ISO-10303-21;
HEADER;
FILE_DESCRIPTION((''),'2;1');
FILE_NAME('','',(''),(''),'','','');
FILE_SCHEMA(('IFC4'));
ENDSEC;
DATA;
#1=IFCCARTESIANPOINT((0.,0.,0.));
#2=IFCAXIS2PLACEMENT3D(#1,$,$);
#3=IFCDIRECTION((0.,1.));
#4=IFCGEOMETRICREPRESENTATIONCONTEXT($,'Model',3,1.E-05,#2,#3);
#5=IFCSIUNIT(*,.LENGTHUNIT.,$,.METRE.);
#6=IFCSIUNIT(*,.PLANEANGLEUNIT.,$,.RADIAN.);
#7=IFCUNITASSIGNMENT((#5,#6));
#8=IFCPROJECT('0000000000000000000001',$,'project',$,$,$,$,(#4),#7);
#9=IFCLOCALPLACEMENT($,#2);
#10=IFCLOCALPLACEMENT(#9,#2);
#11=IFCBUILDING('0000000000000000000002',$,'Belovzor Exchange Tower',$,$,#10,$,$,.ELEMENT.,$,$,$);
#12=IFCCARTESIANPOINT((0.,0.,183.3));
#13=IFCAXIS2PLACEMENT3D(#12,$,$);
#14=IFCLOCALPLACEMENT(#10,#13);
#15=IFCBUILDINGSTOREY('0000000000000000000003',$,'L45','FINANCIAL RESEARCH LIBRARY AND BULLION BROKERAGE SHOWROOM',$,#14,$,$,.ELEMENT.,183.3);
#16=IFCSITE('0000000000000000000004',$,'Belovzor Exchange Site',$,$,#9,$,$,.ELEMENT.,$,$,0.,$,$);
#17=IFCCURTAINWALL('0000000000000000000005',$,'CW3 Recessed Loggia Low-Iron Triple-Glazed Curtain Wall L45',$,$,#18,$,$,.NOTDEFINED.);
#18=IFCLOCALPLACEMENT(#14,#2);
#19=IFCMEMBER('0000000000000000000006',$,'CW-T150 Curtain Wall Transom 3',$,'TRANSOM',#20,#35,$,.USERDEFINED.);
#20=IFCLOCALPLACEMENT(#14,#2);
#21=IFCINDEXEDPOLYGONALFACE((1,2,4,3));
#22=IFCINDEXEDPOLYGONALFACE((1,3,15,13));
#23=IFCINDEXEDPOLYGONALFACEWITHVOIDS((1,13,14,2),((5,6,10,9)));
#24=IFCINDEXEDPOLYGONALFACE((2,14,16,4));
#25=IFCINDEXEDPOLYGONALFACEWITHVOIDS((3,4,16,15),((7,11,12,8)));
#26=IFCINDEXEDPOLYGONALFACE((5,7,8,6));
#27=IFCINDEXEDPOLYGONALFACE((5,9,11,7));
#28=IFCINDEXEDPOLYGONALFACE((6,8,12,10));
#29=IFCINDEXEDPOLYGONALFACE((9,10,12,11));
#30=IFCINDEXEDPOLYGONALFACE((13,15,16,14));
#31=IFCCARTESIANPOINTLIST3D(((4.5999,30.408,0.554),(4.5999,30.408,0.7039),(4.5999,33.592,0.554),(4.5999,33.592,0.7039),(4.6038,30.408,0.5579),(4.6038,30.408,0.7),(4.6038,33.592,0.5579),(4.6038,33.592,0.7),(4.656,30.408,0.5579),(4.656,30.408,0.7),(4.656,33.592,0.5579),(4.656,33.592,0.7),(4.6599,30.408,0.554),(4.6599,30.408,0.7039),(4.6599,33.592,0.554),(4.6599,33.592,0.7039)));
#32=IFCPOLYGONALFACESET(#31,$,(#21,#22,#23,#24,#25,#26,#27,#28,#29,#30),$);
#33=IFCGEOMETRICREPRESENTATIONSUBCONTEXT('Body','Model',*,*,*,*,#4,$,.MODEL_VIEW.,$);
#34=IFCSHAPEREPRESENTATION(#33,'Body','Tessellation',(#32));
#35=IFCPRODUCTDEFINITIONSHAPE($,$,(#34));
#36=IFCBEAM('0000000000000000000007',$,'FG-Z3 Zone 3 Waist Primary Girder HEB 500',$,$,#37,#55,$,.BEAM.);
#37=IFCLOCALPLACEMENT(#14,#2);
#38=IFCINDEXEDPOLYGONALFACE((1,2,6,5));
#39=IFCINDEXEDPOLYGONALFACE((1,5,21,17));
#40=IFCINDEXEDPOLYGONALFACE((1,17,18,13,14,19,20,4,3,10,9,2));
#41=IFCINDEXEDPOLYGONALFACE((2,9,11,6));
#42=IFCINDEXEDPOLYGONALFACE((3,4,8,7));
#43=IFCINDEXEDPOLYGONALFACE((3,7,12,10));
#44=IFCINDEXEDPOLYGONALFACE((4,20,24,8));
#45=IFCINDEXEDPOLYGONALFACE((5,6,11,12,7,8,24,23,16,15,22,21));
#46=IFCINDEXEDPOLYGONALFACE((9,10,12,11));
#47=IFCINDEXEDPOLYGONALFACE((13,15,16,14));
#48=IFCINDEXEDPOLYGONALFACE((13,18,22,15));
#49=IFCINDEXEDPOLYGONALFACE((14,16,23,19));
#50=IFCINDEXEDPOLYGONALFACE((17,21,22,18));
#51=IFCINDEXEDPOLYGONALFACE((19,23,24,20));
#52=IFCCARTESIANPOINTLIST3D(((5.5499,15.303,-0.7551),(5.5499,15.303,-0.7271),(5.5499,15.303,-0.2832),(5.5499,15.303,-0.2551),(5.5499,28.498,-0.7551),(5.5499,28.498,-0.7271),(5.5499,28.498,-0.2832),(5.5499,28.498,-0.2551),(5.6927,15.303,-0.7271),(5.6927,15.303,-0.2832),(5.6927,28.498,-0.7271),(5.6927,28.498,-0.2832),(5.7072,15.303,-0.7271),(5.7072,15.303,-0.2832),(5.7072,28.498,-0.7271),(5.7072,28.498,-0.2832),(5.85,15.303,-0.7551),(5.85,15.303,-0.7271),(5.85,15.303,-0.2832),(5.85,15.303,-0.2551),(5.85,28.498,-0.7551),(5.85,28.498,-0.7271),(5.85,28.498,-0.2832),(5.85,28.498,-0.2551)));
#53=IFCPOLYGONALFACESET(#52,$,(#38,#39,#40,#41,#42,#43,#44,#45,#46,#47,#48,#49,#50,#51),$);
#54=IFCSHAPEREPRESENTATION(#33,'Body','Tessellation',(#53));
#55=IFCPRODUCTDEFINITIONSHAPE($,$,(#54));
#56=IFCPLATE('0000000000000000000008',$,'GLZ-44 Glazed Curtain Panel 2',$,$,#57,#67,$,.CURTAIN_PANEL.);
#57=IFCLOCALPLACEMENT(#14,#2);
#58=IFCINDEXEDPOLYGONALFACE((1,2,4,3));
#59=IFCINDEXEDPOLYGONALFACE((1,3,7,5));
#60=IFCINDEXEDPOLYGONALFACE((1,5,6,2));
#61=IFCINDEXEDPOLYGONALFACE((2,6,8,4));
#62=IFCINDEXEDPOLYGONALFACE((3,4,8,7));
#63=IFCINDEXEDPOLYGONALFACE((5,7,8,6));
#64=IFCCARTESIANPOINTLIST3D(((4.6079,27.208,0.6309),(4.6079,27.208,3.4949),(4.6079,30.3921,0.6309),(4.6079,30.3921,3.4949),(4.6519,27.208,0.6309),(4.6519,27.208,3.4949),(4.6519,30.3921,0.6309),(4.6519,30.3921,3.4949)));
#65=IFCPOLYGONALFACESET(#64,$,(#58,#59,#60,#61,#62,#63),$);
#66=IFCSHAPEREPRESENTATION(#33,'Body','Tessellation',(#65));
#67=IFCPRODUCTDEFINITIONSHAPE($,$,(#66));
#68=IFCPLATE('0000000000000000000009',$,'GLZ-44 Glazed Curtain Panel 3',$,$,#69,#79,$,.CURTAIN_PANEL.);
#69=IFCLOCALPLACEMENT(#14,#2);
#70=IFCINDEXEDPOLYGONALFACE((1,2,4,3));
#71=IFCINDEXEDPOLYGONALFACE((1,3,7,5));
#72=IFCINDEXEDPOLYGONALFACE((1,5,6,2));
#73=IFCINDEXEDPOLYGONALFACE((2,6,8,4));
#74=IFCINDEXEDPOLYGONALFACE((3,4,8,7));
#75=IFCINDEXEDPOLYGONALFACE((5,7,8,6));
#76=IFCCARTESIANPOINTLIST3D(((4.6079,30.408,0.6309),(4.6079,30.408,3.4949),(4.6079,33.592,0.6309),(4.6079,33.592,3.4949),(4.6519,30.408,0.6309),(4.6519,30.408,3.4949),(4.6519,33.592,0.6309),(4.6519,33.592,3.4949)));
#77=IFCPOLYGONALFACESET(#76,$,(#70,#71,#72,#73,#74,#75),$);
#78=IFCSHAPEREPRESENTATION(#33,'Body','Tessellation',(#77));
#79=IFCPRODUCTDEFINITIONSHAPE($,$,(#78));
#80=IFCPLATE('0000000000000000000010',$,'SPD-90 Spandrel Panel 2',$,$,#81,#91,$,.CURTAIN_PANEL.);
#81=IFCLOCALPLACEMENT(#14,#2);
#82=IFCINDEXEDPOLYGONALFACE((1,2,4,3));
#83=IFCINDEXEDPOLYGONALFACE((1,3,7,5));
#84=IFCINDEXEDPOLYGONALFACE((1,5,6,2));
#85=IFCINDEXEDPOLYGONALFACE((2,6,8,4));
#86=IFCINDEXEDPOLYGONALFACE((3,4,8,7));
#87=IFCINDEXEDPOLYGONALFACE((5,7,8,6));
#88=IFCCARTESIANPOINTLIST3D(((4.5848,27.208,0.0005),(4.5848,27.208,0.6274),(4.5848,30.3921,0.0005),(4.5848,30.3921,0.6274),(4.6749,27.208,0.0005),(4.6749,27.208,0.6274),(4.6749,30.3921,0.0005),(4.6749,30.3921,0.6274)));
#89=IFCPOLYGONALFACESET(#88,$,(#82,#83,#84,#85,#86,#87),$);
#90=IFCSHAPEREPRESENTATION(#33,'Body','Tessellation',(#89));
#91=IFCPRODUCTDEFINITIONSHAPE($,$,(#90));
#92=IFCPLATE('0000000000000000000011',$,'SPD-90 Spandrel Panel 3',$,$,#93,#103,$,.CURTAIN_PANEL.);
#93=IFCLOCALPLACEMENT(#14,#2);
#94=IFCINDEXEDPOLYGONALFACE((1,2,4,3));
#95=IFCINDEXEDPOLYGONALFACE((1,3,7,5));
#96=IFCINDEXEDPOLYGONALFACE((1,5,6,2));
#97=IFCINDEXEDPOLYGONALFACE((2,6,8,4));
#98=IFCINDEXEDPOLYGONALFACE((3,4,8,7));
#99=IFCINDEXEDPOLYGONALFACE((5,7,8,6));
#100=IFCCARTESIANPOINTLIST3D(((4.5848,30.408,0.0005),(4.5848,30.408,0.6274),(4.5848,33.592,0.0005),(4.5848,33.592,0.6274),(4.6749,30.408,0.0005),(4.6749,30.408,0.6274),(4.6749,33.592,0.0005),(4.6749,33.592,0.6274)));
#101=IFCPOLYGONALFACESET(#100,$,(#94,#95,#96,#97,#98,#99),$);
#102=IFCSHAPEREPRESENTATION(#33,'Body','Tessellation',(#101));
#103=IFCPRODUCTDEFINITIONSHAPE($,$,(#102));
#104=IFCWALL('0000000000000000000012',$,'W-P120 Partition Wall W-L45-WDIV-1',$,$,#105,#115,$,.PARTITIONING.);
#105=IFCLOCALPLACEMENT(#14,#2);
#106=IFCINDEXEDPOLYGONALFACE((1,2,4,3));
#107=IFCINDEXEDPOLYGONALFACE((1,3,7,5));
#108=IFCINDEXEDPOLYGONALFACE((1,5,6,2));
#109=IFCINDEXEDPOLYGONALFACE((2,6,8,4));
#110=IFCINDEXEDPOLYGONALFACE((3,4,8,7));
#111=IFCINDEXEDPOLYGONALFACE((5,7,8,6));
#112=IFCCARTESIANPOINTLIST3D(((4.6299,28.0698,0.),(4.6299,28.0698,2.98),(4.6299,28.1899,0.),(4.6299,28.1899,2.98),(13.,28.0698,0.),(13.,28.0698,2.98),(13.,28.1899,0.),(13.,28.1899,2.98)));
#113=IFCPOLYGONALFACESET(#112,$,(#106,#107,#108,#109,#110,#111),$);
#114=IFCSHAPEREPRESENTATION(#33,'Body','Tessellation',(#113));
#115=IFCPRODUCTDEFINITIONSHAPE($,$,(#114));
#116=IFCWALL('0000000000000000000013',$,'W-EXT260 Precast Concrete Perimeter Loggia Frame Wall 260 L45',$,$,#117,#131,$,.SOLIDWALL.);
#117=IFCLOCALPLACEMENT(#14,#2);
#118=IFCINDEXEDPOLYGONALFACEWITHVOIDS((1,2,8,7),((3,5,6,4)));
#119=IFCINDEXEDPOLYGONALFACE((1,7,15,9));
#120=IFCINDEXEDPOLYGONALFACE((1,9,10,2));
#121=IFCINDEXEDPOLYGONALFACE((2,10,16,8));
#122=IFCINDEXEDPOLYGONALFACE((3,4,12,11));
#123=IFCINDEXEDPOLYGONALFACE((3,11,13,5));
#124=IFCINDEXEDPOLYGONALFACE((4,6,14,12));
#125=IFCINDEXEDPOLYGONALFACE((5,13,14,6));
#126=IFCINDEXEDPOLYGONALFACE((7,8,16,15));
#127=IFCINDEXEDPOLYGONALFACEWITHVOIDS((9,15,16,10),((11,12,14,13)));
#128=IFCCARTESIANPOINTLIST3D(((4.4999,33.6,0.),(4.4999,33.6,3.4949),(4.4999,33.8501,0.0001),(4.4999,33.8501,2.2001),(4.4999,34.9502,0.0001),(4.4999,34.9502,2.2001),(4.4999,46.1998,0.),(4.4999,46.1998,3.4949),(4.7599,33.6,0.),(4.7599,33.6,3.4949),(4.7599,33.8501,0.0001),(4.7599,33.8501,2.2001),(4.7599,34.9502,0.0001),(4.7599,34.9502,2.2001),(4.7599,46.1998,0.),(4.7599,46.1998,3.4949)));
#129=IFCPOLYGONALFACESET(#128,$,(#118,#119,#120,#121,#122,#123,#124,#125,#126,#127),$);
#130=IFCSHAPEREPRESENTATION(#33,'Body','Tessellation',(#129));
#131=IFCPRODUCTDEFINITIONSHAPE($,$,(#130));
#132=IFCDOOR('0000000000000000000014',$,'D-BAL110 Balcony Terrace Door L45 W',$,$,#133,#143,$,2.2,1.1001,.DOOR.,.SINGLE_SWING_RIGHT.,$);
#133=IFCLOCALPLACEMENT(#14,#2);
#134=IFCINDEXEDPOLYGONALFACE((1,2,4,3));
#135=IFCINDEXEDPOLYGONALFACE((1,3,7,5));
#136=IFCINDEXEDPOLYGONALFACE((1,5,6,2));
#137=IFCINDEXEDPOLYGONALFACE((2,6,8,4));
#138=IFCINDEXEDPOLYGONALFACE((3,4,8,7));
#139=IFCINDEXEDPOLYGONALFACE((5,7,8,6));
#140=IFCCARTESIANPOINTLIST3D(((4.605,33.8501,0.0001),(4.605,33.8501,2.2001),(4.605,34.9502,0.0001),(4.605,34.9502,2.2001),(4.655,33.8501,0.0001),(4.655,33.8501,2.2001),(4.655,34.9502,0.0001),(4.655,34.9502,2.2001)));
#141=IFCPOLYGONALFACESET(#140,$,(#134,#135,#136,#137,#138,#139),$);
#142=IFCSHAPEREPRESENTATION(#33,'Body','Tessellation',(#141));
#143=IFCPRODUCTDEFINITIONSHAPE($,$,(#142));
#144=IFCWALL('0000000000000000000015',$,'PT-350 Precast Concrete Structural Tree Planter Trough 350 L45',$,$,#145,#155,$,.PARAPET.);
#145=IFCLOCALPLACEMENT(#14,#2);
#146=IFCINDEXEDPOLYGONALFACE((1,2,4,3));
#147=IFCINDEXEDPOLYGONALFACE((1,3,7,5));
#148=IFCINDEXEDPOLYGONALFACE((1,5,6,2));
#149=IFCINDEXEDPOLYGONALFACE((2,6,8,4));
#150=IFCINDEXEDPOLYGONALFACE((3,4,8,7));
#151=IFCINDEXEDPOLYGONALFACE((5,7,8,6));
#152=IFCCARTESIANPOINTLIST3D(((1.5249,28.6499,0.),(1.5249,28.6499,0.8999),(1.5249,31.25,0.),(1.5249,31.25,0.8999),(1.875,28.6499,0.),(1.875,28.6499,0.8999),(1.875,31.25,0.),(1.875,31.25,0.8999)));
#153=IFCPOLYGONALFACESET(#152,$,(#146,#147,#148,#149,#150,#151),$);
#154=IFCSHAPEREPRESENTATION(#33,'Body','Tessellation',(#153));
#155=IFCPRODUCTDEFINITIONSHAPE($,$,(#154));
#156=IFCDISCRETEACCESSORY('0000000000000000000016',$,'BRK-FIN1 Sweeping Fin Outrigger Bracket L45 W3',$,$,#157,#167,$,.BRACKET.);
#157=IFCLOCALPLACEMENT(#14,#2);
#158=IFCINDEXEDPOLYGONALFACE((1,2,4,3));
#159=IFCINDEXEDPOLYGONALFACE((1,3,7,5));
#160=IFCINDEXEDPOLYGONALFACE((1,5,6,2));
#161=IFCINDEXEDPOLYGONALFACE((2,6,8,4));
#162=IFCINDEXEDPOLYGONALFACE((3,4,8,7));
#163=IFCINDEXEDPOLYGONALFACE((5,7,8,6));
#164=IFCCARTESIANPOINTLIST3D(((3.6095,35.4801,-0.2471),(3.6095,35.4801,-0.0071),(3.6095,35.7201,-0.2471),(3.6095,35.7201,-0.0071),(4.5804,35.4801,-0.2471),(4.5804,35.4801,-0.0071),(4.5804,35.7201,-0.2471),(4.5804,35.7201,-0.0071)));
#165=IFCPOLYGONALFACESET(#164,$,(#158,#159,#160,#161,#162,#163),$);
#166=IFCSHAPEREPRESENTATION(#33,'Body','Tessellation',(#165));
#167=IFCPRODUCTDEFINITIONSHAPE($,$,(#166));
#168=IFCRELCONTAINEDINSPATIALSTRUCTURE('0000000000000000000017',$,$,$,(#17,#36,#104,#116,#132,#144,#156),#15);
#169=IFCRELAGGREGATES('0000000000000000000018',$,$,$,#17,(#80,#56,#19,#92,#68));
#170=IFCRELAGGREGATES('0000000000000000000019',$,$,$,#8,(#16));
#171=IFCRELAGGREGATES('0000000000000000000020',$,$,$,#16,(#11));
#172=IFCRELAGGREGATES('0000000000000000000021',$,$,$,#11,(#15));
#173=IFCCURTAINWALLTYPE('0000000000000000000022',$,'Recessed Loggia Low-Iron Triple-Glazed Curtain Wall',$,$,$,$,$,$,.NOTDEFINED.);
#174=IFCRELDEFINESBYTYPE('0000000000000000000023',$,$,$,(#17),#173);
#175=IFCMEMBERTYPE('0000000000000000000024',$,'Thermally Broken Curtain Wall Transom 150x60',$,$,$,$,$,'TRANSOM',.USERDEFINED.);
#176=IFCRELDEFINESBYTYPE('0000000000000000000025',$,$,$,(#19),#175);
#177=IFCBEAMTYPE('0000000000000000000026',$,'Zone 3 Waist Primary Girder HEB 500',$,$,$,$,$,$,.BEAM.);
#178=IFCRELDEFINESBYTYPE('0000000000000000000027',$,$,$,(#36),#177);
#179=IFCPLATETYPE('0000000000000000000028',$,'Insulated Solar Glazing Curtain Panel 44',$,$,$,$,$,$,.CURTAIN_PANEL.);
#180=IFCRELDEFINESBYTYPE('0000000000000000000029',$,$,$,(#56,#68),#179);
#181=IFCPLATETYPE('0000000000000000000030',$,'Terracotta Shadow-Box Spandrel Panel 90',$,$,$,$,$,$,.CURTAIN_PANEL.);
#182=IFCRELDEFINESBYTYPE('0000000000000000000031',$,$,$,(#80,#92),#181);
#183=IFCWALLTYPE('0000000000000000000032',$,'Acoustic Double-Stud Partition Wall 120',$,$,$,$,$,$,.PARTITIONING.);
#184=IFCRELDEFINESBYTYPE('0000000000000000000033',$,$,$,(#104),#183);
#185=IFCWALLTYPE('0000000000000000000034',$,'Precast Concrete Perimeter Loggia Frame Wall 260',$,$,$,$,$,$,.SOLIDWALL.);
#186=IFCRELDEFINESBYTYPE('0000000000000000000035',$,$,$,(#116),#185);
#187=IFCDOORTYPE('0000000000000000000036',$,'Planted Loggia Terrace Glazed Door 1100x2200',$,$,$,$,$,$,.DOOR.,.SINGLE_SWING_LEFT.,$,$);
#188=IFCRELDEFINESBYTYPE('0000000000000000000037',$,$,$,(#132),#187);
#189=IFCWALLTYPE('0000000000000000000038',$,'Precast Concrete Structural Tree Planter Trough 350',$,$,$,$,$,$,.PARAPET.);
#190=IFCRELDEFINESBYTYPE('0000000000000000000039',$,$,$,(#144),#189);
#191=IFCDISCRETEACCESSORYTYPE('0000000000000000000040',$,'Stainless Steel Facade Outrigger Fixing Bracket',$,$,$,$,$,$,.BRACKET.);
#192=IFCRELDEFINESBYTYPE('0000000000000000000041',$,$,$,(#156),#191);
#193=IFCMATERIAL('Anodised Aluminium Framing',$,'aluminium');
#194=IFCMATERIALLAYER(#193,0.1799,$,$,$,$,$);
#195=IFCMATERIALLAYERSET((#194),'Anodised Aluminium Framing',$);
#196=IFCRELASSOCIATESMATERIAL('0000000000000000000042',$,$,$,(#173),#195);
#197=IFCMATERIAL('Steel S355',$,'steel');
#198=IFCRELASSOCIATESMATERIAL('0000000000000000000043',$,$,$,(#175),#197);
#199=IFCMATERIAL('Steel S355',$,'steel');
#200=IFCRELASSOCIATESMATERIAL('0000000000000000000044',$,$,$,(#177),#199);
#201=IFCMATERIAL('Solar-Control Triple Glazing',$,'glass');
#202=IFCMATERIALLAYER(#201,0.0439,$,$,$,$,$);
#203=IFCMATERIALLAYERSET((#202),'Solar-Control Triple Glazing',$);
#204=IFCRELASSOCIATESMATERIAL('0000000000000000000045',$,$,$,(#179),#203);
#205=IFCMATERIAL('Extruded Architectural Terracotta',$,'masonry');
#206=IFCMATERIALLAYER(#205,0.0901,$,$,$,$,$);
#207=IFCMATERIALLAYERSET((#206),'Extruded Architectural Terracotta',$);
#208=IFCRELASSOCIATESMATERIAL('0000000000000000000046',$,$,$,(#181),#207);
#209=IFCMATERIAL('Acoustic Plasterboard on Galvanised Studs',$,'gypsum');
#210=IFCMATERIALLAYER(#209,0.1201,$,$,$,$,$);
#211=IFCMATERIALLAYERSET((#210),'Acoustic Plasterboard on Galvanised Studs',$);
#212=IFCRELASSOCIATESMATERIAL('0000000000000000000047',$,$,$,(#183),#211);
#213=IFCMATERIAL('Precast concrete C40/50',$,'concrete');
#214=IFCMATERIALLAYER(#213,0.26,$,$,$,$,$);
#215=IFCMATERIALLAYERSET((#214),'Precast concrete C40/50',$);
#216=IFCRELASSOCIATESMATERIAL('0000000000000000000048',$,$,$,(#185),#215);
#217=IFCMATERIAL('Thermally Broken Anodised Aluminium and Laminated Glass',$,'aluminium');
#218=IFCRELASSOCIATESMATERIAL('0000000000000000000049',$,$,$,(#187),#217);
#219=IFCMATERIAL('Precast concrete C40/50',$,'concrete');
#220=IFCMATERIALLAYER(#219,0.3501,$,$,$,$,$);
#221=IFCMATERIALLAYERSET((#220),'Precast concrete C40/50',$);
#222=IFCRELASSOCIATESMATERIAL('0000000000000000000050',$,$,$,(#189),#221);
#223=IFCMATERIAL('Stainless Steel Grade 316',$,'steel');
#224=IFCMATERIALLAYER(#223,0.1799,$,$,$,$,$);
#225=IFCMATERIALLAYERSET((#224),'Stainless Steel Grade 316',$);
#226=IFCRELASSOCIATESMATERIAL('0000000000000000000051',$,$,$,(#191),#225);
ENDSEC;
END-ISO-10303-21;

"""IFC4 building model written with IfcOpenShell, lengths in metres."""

from ifc_helpers import new_model, si_unit, direction, frame, frame_2d, origin, origin_2d, place, context, subcontext, project, spatial, rectangle, hollow_rectangle, i_section, extrude, material, layer, layer_set, material_profile, profile_set, type_object, element, fill, aggregate, save


model = new_model("IFC4")

# Units and contexts
model_context = context("Model", 3, precision=1e-05, world=origin(), true_north=direction((0.0, 1.0)))
body_context = subcontext(model_context, "Body", "Model", "MODEL_VIEW")
ifc_project = project(units=[si_unit("LENGTHUNIT", "METRE"), si_unit("PLANEANGLEUNIT", "RADIAN")], contexts=[model_context])

# Site, building, storey
site_placement = place(None, origin())
site = spatial("IfcSite", under=ifc_project, at=site_placement, Name="Belovzor Exchange Site", CompositionType="ELEMENT", RefElevation=0.0)
building_placement = place(site_placement, origin())
building = spatial("IfcBuilding", under=site, at=building_placement, Name="Belovzor Exchange Tower", CompositionType="ELEMENT")
storey_placement = place(building_placement, frame((0.0, 0.0, 183.3)))
storey = spatial("IfcBuildingStorey", under=building, at=storey_placement, Name="L45", Description="FINANCIAL RESEARCH LIBRARY AND BULLION BROKERAGE SHOWROOM", CompositionType="ELEMENT", Elevation=183.3)

# Curtain wall, member
ifc_material_1 = material(Name="Anodised Aluminium Framing", Category="aluminium")
ifc_layer_1 = layer(ifc_material_1, 0.1799)
ifc_layer_set_1 = layer_set([ifc_layer_1], Name="Anodised Aluminium Framing")
curtain_wall_type = type_object("IfcCurtainWallType", Name="Recessed Loggia Low-Iron Triple-Glazed Curtain Wall", PredefinedType="NOTDEFINED", material=ifc_layer_set_1)
curtain_wall_placement = place(storey_placement, origin())
curtain_wall = element("IfcCurtainWall", 1, at=curtain_wall_placement, inside=storey, type_object=curtain_wall_type, Name="CW3 Recessed Loggia Low-Iron Triple-Glazed Curtain Wall L45", PredefinedType="NOTDEFINED")
ifc_material_2 = material(Name="Steel S355", Category="steel")
ifc_material_profile_1 = material_profile(ifc_material_2, hollow_rectangle(XDim=0.0601, YDim=0.1499, WallThickness=0.0039, at=origin_2d()))
ifc_profile_set_1 = profile_set([ifc_material_profile_1], Name="Steel S355")
member_type_1 = type_object("IfcMemberType", Name="Thermally Broken Curtain Wall Transom 150x60", ElementType="TRANSOM", PredefinedType="USERDEFINED", material=ifc_profile_set_1)
member_1_placement = place(storey_placement, frame((4.6299, 30.408, 0.6289), z_axis=(0.0, 1.0, 0.0), x_axis=(-1.0, 0.0, 0.0)))
member_1 = element("IfcMember", 2, at=member_1_placement, type_object=member_type_1, Name="CW-T150 Curtain Wall Transom 3", ObjectType="TRANSOM", PredefinedType="USERDEFINED", context=body_context, shape_type="SweptSolid", body=[
    extrude(hollow_rectangle(XDim=0.0601, YDim=0.1499, WallThickness=0.0039, at=origin_2d()), origin(), (0.0, 0.0, 1.0), 3.1841),
])

# Beam
ifc_material_3 = material(Name="Steel S355", Category="steel")
ifc_material_profile_2 = material_profile(ifc_material_3, i_section(OverallWidth=0.3, OverallDepth=0.5, WebThickness=0.0144, FlangeThickness=0.0281, at=origin_2d()))
ifc_profile_set_2 = profile_set([ifc_material_profile_2], Name="Steel S355")
beam_type_1 = type_object("IfcBeamType", Name="Zone 3 Waist Primary Girder HEB 500", PredefinedType="BEAM", material=ifc_profile_set_2)
beam_1_placement = place(storey_placement, frame((5.7, 28.498, -0.5051), z_axis=(0.0, -1.0, 0.0), x_axis=(1.0, 0.0, 0.0)))
element("IfcBeam", 3, at=beam_1_placement, inside=storey, type_object=beam_type_1, Name="FG-Z3 Zone 3 Waist Primary Girder HEB 500", PredefinedType="BEAM", context=body_context, shape_type="SweptSolid", body=[
    extrude(i_section(OverallWidth=0.3, OverallDepth=0.5, WebThickness=0.0144, FlangeThickness=0.0281, at=origin_2d()), origin(), (0.0, 0.0, 1.0), 13.1951),
])

# Plates
ifc_material_4 = material(Name="Solar-Control Triple Glazing", Category="glass")
ifc_layer_2 = layer(ifc_material_4, 0.0439)
ifc_layer_set_2 = layer_set([ifc_layer_2], Name="Solar-Control Triple Glazing")
plate_type_1 = type_object("IfcPlateType", Name="Insulated Solar Glazing Curtain Panel 44", PredefinedType="CURTAIN_PANEL", material=ifc_layer_set_2)
plate_1_placement = place(storey_placement, frame((4.6299, 28.8, 0.6309), z_axis=(0.0, 0.0, 1.0), x_axis=(0.0, 1.0, 0.0)))
plate_1 = element("IfcPlate", 4, at=plate_1_placement, type_object=plate_type_1, Name="GLZ-44 Glazed Curtain Panel 2", PredefinedType="CURTAIN_PANEL", context=body_context, shape_type="SweptSolid", body=[
    extrude(rectangle(XDim=3.1841, YDim=0.0439, at=origin_2d()), origin(), (0.0, 0.0, 1.0), 2.864),
])
plate_2_placement = place(storey_placement, frame((4.6299, 32.0, 0.6309), z_axis=(0.0, 0.0, 1.0), x_axis=(0.0, 1.0, 0.0)))
plate_2 = element("IfcPlate", 5, at=plate_2_placement, type_object=plate_type_1, Name="GLZ-44 Glazed Curtain Panel 3", PredefinedType="CURTAIN_PANEL", context=body_context, shape_type="SweptSolid", body=[
    extrude(rectangle(XDim=3.1841, YDim=0.0439, at=origin_2d()), origin(), (0.0, 0.0, 1.0), 2.864),
])
ifc_material_5 = material(Name="Extruded Architectural Terracotta", Category="masonry")
ifc_layer_3 = layer(ifc_material_5, 0.0901)
ifc_layer_set_3 = layer_set([ifc_layer_3], Name="Extruded Architectural Terracotta")
plate_type_2 = type_object("IfcPlateType", Name="Terracotta Shadow-Box Spandrel Panel 90", PredefinedType="CURTAIN_PANEL", material=ifc_layer_set_3)
plate_3_placement = place(storey_placement, frame((4.6299, 28.8, 0.0005), z_axis=(0.0, 0.0, 1.0), x_axis=(0.0, 1.0, 0.0)))
plate_3 = element("IfcPlate", 6, at=plate_3_placement, type_object=plate_type_2, Name="SPD-90 Spandrel Panel 2", PredefinedType="CURTAIN_PANEL", context=body_context, shape_type="SweptSolid", body=[
    extrude(rectangle(XDim=3.1841, YDim=0.0901, at=origin_2d()), origin(), (0.0, 0.0, 1.0), 0.627),
])
plate_4_placement = place(storey_placement, frame((4.6299, 32.0, 0.0005), z_axis=(0.0, 0.0, 1.0), x_axis=(0.0, 1.0, 0.0)))
plate_4 = element("IfcPlate", 7, at=plate_4_placement, type_object=plate_type_2, Name="SPD-90 Spandrel Panel 3", PredefinedType="CURTAIN_PANEL", context=body_context, shape_type="SweptSolid", body=[
    extrude(rectangle(XDim=3.1841, YDim=0.0901, at=origin_2d()), origin(), (0.0, 0.0, 1.0), 0.627),
])
aggregate(curtain_wall, [plate_3, plate_1, member_1, plate_4, plate_2])

# Wall
ifc_material_6 = material(Name="Acoustic Plasterboard on Galvanised Studs", Category="gypsum")
ifc_layer_4 = layer(ifc_material_6, 0.1201)
ifc_layer_set_4 = layer_set([ifc_layer_4], Name="Acoustic Plasterboard on Galvanised Studs")
wall_type_1 = type_object("IfcWallType", Name="Acoustic Double-Stud Partition Wall 120", PredefinedType="PARTITIONING", material=ifc_layer_set_4)
wall_1_placement = place(storey_placement, frame((4.6299, 28.1299, 0.0), z_axis=(0.0, 0.0, 1.0), x_axis=(1.0, 0.0, 0.0)))
element("IfcWall", 8, at=wall_1_placement, inside=storey, type_object=wall_type_1, Name="W-P120 Partition Wall W-L45-WDIV-1", PredefinedType="PARTITIONING", context=body_context, shape_type="SweptSolid", body=[
    extrude(rectangle(XDim=8.3701, YDim=0.1201, at=frame_2d((4.1851, 0.0))), origin(), (0.0, 0.0, 1.0), 2.98),
])

# Wall, opening, door
ifc_material_7 = material(Name="Precast concrete C40/50", Category="concrete")
ifc_layer_5 = layer(ifc_material_7, 0.26)
ifc_layer_set_5 = layer_set([ifc_layer_5], Name="Precast concrete C40/50")
wall_type_2 = type_object("IfcWallType", Name="Precast Concrete Perimeter Loggia Frame Wall 260", PredefinedType="SOLIDWALL", material=ifc_layer_set_5)
wall_2_placement = place(storey_placement, frame((4.6299, 33.6001, 0.0), z_axis=(0.0, 0.0, 1.0), x_axis=(0.0, 1.0, 0.0)))
wall_2 = element("IfcWall", 9, at=wall_2_placement, inside=storey, type_object=wall_type_2, Name="W-EXT260 Precast Concrete Perimeter Loggia Frame Wall 260 L45", PredefinedType="SOLIDWALL", context=body_context, shape_type="SweptSolid", body=[
    extrude(rectangle(XDim=12.5999, YDim=0.26, at=frame_2d((6.2998, 0.0))), origin(), (0.0, 0.0, 1.0), 3.4949),
])
opening_placement = place(wall_2_placement, frame((0.25, 0.0, 0.0)))
opening = element("IfcOpeningElement", 10, at=opening_placement, cuts=wall_2, PredefinedType="OPENING", context=body_context, shape_type="SweptSolid", body=[
    extrude(rectangle(XDim=1.1001, YDim=2.2, at=frame_2d((0.55, 1.1001))), frame((0.0, 0.1399, 0.0), z_axis=(0.0, -1.0, 0.0), x_axis=(1.0, 0.0, 0.0)), (0.0, 0.0, 1.0), 0.28),
])
ifc_material_8 = material(Name="Thermally Broken Anodised Aluminium and Laminated Glass", Category="aluminium")
door_type = type_object("IfcDoorType", Name="Planted Loggia Terrace Glazed Door 1100x2200", OperationType="SINGLE_SWING_LEFT", PredefinedType="DOOR", material=ifc_material_8)
door_placement = place(opening_placement, origin())
door = element("IfcDoor", 11, at=door_placement, inside=storey, type_object=door_type, Name="D-BAL110 Balcony Terrace Door L45 W", OperationType="SINGLE_SWING_RIGHT", OverallHeight=2.2, OverallWidth=1.1001, PredefinedType="DOOR", context=body_context, shape_type="SweptSolid", body=[
    extrude(rectangle(XDim=1.1001, YDim=2.2, at=frame_2d((0.55, 1.1001))), frame((0.0, 0.0249, 0.0), z_axis=(0.0, -1.0, 0.0), x_axis=(1.0, 0.0, 0.0)), (0.0, 0.0, 1.0), 0.05),
])
fill(opening, door)

# Wall
ifc_material_9 = material(Name="Precast concrete C40/50", Category="concrete")
ifc_layer_6 = layer(ifc_material_9, 0.3501)
ifc_layer_set_6 = layer_set([ifc_layer_6], Name="Precast concrete C40/50")
wall_type_3 = type_object("IfcWallType", Name="Precast Concrete Structural Tree Planter Trough 350", PredefinedType="PARAPET", material=ifc_layer_set_6)
wall_3_placement = place(storey_placement, frame((1.7, 28.6499, 0.0), z_axis=(0.0, 0.0, 1.0), x_axis=(0.0, 1.0, 0.0)))
element("IfcWall", 12, at=wall_3_placement, inside=storey, type_object=wall_type_3, Name="PT-350 Precast Concrete Structural Tree Planter Trough 350 L45", PredefinedType="PARAPET", context=body_context, shape_type="SweptSolid", body=[
    extrude(rectangle(XDim=2.6001, YDim=0.3501, at=frame_2d((1.3, 0.0))), origin(), (0.0, 0.0, 1.0), 0.8999),
])

# Discrete accessory
ifc_material_10 = material(Name="Stainless Steel Grade 316", Category="steel")
ifc_layer_7 = layer(ifc_material_10, 0.1799)
ifc_layer_set_7 = layer_set([ifc_layer_7], Name="Stainless Steel Grade 316")
discrete_accessory_type = type_object("IfcDiscreteAccessoryType", Name="Stainless Steel Facade Outrigger Fixing Bracket", PredefinedType="BRACKET", material=ifc_layer_set_7)
discrete_accessory_placement = place(storey_placement, frame((4.095, 35.6001, -0.2471), z_axis=(0.0, 0.0, 1.0), x_axis=(1.0, 0.0, 0.0)))
element("IfcDiscreteAccessory", 13, at=discrete_accessory_placement, inside=storey, type_object=discrete_accessory_type, Name="BRK-FIN1 Sweeping Fin Outrigger Bracket L45 W3", PredefinedType="BRACKET", context=body_context, shape_type="SweptSolid", body=[
    extrude(rectangle(XDim=0.9709, YDim=0.24, at=origin_2d()), origin(), (0.0, 0.0, 1.0), 0.24),
])

save(model, "model.ifc")
